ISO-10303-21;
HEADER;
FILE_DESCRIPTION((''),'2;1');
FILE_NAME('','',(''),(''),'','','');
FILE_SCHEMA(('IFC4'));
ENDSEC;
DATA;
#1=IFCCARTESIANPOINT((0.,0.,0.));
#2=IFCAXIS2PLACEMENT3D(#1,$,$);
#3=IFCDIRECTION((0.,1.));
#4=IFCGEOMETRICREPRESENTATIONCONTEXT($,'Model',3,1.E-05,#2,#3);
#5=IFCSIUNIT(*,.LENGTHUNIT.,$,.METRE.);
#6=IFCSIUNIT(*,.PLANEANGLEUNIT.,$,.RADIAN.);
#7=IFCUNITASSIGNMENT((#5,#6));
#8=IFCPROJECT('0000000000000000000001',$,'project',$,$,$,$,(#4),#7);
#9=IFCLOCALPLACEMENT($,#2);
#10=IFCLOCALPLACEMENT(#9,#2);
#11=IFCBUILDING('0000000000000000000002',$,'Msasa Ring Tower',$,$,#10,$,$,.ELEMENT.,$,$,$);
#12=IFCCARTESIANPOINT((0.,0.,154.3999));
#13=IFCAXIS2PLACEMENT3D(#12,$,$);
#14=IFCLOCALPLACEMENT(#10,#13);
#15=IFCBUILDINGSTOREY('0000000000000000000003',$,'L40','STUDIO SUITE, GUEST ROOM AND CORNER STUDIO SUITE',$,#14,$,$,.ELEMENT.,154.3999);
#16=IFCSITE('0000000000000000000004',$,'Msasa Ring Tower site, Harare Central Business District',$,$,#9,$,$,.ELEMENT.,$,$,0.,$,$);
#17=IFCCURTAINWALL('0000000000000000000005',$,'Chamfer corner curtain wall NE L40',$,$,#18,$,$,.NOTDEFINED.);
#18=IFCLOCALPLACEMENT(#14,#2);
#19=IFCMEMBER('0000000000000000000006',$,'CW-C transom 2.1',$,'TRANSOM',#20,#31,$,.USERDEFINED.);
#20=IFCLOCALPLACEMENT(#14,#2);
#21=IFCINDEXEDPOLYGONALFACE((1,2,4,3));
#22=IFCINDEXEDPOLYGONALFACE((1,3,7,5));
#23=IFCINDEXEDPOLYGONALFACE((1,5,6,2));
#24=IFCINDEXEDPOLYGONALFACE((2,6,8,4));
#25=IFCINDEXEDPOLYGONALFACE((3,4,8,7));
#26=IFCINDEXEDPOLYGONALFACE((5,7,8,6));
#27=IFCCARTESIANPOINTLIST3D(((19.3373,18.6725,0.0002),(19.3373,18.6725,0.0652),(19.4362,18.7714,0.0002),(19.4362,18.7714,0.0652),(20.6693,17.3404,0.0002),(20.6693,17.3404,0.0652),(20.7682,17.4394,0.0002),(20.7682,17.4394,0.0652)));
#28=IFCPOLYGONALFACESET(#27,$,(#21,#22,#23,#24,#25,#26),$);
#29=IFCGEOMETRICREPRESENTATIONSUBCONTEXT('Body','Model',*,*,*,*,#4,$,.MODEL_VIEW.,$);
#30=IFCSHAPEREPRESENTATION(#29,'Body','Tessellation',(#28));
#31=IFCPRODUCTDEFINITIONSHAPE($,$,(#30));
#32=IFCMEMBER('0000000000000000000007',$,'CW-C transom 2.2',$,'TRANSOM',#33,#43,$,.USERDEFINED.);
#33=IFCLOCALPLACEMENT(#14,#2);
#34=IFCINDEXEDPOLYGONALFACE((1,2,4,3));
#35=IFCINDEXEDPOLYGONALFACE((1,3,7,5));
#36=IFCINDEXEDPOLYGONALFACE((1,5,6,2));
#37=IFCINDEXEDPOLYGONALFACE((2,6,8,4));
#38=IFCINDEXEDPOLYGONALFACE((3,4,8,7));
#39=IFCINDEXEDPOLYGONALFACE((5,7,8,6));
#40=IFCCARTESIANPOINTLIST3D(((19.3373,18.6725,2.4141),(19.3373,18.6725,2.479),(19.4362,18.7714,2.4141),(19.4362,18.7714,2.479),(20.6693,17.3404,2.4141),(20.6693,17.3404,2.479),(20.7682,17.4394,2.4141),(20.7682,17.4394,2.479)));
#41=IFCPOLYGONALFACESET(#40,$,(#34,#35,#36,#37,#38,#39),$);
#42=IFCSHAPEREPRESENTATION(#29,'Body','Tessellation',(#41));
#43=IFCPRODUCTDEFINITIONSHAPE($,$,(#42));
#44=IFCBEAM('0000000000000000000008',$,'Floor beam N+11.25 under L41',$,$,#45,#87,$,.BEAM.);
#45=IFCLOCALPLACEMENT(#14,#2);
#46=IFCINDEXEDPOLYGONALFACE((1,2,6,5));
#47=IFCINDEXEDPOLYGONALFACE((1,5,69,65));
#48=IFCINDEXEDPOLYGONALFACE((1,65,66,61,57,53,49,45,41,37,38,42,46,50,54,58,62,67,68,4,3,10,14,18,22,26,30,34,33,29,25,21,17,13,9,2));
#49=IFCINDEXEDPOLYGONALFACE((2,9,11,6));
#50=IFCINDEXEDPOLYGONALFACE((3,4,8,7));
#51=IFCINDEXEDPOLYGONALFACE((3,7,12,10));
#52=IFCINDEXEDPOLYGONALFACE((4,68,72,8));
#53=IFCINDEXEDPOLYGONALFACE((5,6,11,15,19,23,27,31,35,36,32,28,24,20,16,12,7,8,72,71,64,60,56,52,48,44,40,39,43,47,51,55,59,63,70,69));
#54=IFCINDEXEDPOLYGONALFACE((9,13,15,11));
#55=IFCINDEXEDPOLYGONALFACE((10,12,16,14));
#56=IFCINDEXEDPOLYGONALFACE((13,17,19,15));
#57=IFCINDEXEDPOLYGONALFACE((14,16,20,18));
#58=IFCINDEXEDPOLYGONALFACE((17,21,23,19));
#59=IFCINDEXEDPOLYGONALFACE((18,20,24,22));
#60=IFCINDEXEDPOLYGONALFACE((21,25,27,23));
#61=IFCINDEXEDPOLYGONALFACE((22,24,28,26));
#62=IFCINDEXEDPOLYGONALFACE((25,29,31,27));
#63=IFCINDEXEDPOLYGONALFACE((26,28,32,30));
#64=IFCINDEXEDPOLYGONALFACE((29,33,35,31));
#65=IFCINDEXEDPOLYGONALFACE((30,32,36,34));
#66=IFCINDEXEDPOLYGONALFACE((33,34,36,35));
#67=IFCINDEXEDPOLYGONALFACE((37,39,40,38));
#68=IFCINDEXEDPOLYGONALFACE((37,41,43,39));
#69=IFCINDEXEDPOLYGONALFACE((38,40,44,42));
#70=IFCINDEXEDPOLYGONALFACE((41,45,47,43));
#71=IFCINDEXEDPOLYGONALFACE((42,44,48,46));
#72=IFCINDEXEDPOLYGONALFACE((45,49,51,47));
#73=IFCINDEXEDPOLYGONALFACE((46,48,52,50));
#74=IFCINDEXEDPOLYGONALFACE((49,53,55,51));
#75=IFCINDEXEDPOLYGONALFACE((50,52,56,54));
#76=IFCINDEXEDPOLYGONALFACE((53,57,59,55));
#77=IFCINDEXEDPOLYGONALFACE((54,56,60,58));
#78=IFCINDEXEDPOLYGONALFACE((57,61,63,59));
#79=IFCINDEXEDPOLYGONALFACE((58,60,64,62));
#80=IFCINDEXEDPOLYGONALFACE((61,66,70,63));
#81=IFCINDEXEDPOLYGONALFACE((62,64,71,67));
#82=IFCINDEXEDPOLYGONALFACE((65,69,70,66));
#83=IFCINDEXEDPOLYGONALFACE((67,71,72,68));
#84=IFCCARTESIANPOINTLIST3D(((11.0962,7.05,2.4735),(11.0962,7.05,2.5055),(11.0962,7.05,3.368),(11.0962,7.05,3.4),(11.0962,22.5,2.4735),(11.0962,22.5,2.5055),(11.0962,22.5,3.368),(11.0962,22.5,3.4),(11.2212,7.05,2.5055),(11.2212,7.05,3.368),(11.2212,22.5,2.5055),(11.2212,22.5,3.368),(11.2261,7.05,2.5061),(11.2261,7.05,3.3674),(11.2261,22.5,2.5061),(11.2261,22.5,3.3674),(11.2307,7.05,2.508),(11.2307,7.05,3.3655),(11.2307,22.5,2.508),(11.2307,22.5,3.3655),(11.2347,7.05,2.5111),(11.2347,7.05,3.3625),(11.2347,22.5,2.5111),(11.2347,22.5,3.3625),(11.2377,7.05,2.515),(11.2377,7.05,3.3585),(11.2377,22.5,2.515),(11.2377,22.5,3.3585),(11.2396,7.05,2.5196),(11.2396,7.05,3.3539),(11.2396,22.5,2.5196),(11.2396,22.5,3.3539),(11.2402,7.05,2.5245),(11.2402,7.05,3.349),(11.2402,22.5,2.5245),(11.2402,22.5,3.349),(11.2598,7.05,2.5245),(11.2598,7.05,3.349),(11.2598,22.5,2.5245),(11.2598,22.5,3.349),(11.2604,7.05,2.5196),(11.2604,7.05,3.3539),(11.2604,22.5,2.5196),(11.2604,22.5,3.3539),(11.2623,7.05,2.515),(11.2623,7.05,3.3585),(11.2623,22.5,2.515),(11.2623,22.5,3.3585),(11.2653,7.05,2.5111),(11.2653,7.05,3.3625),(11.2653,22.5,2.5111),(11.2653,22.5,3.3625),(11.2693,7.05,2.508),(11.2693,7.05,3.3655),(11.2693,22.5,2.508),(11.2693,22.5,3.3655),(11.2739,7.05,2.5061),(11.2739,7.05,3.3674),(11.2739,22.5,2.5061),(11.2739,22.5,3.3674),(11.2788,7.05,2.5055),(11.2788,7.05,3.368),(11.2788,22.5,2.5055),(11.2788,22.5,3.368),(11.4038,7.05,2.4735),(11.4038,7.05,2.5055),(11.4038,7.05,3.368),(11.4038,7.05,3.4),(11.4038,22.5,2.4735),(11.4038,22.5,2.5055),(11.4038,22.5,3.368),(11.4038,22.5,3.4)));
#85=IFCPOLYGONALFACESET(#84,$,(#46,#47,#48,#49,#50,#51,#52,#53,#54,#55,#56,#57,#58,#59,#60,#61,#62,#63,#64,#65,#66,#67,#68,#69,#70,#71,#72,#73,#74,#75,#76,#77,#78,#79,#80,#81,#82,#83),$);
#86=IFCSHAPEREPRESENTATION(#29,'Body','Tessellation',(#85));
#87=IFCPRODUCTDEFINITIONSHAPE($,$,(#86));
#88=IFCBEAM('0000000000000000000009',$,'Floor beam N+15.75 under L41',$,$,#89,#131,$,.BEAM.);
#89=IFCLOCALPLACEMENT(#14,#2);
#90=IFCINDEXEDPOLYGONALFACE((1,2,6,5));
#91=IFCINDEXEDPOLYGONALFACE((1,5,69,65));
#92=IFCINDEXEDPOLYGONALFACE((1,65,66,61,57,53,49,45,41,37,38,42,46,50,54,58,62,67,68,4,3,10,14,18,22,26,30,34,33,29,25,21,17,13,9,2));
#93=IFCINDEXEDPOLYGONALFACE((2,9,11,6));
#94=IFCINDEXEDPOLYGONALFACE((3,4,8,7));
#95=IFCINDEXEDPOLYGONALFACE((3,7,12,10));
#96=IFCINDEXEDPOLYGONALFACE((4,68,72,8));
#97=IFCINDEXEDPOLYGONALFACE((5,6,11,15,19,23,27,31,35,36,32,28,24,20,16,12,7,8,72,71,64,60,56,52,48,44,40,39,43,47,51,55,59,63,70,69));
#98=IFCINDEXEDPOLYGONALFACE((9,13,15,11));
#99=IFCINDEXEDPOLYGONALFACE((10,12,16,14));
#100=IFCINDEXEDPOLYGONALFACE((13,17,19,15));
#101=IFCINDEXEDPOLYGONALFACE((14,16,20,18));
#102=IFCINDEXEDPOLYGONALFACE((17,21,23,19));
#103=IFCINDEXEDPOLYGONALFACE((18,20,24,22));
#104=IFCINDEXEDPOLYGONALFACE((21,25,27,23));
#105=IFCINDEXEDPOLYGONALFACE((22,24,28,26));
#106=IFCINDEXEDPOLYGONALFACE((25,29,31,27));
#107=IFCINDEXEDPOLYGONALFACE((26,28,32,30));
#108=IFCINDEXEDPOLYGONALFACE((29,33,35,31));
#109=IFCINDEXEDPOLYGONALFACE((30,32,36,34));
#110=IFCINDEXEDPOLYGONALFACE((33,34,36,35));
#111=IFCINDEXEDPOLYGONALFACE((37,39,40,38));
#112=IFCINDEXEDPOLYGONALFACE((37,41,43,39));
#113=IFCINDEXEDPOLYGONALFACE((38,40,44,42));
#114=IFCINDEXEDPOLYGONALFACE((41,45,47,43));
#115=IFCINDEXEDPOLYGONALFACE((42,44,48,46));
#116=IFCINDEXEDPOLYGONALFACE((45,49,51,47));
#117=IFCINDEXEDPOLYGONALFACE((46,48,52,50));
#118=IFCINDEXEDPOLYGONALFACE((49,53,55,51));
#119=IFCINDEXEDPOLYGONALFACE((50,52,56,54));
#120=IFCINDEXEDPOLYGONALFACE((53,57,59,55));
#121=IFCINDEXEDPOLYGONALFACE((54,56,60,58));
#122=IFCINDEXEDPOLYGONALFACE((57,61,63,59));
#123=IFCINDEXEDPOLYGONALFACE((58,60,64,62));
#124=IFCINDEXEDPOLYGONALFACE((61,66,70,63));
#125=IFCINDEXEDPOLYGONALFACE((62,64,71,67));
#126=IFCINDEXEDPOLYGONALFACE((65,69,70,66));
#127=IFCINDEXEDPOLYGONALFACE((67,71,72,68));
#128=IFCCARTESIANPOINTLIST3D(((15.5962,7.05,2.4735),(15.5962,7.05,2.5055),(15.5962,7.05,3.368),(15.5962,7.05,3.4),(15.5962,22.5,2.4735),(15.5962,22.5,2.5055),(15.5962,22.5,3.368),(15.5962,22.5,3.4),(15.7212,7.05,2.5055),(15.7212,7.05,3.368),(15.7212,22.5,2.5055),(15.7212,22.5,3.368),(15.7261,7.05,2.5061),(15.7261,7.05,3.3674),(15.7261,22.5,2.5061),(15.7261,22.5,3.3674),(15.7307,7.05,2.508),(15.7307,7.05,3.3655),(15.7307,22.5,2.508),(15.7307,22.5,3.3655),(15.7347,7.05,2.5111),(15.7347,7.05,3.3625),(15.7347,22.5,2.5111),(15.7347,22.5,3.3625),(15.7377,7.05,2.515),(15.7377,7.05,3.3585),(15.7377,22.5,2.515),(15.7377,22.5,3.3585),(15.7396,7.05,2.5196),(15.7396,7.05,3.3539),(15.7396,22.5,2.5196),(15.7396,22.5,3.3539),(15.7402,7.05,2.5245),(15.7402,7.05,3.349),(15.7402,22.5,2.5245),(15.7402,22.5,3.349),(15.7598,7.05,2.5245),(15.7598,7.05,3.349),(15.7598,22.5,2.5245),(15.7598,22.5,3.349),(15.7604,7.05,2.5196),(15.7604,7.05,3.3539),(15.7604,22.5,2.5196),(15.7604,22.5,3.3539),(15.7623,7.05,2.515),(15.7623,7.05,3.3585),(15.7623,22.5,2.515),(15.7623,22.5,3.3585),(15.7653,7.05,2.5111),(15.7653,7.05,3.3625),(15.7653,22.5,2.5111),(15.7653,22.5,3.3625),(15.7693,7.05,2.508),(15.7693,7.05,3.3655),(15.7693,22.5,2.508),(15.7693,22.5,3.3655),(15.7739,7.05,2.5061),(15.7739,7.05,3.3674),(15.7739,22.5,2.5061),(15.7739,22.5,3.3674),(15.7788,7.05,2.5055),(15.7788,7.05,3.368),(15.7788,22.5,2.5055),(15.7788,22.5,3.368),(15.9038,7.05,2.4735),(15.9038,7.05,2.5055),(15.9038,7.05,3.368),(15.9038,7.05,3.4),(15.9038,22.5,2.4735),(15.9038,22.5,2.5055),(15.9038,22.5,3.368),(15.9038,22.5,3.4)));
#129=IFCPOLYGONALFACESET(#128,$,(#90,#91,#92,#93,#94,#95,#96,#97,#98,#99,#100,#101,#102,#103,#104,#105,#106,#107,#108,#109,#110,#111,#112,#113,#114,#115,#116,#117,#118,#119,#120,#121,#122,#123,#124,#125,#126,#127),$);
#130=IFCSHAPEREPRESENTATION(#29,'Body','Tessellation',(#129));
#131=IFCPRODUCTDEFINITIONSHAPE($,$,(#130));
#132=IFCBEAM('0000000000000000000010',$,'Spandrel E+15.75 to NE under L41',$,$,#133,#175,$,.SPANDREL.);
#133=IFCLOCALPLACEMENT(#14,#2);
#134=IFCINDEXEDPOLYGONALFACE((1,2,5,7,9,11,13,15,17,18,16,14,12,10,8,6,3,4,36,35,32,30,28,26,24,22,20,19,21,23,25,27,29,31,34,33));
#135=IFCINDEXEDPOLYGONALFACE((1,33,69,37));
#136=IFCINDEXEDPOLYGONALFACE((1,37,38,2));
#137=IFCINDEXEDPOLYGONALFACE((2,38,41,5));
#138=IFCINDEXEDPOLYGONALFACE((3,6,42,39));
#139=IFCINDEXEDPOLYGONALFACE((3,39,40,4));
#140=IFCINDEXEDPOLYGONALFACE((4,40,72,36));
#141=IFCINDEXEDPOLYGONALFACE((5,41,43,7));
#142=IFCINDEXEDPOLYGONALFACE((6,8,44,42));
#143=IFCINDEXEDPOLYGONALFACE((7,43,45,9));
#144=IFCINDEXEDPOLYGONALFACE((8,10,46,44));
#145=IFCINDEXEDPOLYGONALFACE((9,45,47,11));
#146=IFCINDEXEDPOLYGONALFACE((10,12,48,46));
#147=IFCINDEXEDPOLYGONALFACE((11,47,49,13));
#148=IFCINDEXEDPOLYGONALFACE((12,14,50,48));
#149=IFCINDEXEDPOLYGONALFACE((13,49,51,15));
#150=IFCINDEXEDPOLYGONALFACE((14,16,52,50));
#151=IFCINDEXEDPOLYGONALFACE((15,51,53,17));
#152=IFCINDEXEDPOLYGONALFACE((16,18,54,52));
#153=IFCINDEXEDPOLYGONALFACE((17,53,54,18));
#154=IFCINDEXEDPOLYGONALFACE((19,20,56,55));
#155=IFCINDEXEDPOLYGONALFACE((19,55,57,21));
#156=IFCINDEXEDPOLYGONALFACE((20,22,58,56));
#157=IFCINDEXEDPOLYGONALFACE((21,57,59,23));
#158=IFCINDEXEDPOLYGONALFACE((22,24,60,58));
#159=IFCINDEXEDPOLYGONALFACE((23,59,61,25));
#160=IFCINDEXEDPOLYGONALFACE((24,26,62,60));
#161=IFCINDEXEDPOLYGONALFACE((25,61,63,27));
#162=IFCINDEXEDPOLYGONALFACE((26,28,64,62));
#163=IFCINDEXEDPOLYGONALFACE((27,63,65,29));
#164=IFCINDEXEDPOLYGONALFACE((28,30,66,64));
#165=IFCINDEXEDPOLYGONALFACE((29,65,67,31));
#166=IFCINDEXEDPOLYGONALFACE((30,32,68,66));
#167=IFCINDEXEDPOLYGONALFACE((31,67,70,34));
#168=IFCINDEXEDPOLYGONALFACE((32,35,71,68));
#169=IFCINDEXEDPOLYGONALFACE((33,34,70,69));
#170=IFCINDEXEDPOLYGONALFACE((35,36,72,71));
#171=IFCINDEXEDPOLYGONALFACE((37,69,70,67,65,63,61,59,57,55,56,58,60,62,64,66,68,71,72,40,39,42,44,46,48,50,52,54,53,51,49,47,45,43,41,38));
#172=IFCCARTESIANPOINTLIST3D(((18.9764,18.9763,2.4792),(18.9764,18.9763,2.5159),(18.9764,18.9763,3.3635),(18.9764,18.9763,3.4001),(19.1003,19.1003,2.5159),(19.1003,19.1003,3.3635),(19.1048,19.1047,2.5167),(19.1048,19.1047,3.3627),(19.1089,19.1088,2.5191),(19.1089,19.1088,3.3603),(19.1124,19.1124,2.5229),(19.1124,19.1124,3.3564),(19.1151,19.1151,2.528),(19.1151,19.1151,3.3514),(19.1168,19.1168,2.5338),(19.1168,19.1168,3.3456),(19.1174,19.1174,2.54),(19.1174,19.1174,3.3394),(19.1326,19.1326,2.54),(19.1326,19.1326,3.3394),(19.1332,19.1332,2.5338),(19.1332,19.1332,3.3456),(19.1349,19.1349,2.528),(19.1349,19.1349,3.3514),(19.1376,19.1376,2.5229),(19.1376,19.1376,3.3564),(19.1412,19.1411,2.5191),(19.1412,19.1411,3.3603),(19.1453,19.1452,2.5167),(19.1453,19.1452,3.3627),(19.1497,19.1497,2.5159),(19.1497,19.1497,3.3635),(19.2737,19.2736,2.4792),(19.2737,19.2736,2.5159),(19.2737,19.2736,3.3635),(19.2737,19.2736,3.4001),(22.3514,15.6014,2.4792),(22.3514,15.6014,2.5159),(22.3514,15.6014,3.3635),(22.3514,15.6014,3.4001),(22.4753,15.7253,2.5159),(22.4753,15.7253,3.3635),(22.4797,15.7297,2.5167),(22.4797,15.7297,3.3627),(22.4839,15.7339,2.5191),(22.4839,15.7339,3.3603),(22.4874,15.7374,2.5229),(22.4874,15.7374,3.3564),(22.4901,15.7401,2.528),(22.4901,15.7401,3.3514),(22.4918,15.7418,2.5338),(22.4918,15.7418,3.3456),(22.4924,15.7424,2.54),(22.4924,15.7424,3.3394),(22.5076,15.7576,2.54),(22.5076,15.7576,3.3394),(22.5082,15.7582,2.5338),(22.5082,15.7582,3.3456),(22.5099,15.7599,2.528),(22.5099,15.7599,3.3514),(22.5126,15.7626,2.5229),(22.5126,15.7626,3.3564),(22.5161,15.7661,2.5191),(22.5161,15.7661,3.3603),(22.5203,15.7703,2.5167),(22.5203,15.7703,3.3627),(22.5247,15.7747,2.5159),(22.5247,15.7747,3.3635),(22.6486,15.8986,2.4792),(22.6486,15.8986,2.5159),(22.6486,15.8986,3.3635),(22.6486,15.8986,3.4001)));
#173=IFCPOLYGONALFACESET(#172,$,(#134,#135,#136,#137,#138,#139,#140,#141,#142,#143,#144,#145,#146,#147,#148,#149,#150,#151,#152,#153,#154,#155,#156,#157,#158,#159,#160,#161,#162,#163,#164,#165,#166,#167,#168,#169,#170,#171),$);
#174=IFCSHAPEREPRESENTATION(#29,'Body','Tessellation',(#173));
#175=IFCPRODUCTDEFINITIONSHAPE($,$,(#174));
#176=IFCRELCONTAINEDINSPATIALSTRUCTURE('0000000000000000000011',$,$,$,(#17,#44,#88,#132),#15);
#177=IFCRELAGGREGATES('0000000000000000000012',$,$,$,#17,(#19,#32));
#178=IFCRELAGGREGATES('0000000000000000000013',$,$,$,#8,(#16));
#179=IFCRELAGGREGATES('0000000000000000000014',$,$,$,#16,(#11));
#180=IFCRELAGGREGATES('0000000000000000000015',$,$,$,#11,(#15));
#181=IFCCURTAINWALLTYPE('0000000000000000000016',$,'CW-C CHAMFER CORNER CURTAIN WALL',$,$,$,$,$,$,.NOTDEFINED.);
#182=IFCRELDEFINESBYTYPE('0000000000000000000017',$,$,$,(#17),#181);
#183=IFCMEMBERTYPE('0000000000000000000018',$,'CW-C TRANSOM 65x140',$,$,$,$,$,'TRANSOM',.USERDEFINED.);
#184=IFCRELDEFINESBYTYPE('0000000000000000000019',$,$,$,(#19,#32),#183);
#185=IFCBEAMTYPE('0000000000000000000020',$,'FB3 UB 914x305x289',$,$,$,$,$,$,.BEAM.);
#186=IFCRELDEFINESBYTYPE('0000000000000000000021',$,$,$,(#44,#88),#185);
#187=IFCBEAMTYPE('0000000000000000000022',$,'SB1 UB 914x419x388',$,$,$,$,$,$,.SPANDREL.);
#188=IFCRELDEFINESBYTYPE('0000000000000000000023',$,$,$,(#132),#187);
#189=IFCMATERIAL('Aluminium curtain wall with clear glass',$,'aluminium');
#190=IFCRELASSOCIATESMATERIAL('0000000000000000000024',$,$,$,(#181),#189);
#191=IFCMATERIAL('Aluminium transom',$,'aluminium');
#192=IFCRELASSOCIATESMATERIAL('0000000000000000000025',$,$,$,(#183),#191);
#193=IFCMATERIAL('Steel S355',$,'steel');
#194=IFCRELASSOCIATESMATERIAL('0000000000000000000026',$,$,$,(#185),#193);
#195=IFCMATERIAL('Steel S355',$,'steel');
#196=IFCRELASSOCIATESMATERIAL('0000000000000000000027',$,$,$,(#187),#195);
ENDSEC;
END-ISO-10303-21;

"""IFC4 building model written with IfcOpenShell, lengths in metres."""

from ifc_helpers import new_model, si_unit, direction, frame, origin, origin_2d, place, context, subcontext, project, spatial, rectangle, i_section, extrude, material, material_profile, profile_set, type_object, element, aggregate, save


model = new_model("IFC4")

# Units and contexts
model_context = context("Model", 3, precision=1e-05, world=origin(), true_north=direction((0.0, 1.0)))
body_context = subcontext(model_context, "Body", "Model", "MODEL_VIEW")
ifc_project = project(units=[si_unit("LENGTHUNIT", "METRE"), si_unit("PLANEANGLEUNIT", "RADIAN")], contexts=[model_context])

# Site, building, storey
site_placement = place(None, origin())
site = spatial("IfcSite", under=ifc_project, at=site_placement, Name="Msasa Ring Tower site, Harare Central Business District", CompositionType="ELEMENT", RefElevation=0.0)
building_placement = place(site_placement, origin())
building = spatial("IfcBuilding", under=site, at=building_placement, Name="Msasa Ring Tower", CompositionType="ELEMENT")
storey_placement = place(building_placement, frame((0.0, 0.0, 154.3999)))
storey = spatial("IfcBuildingStorey", under=building, at=storey_placement, Name="L40", Description="STUDIO SUITE, GUEST ROOM AND CORNER STUDIO SUITE", CompositionType="ELEMENT", Elevation=154.3999)

# Curtain wall
ifc_material_1 = material(Name="Aluminium curtain wall with clear glass", Category="aluminium")
curtain_wall_type = type_object("IfcCurtainWallType", Name="CW-C CHAMFER CORNER CURTAIN WALL", PredefinedType="NOTDEFINED", material=ifc_material_1)
curtain_wall_1_placement = place(storey_placement, origin())
curtain_wall_1 = element("IfcCurtainWall", 1, at=curtain_wall_1_placement, inside=storey, type_object=curtain_wall_type, Name="Chamfer corner curtain wall NE L40", PredefinedType="NOTDEFINED")

# Members
ifc_material_2 = material(Name="Aluminium transom", Category="aluminium")
ifc_material_profile_1 = material_profile(ifc_material_2, rectangle(XDim=0.1399, YDim=0.0649, at=origin_2d()), Name="AL 65x140")
ifc_profile_set_1 = profile_set([ifc_material_profile_1], Name="Aluminium transom")
member_type_1 = type_object("IfcMemberType", Name="CW-C TRANSOM 65x140", ElementType="TRANSOM", PredefinedType="USERDEFINED", material=ifc_profile_set_1)
member_1_placement = place(storey_placement, frame((20.7188, 17.3899, 0.0327), z_axis=(-0.707107, 0.707107, 0.0), x_axis=(-0.707107, -0.707107, 0.0)))
member_1 = element("IfcMember", 2, at=member_1_placement, type_object=member_type_1, Name="CW-C transom 2.1", ObjectType="TRANSOM", PredefinedType="USERDEFINED", context=body_context, shape_type="SweptSolid", body=[
    extrude(rectangle(XDim=0.1399, YDim=0.0649, at=origin_2d()), origin(), (0.0, 0.0, 1.0), 1.8838),
])
member_2_placement = place(storey_placement, frame((20.7188, 17.3899, 2.4465), z_axis=(-0.707107, 0.707107, 0.0), x_axis=(-0.707107, -0.707107, 0.0)))
member_2 = element("IfcMember", 3, at=member_2_placement, type_object=member_type_1, Name="CW-C transom 2.2", ObjectType="TRANSOM", PredefinedType="USERDEFINED", context=body_context, shape_type="SweptSolid", body=[
    extrude(rectangle(XDim=0.1399, YDim=0.0649, at=origin_2d()), origin(), (0.0, 0.0, 1.0), 1.8838),
])

# Beams
ifc_material_3 = material(Name="Steel S355", Category="steel")
ifc_material_profile_2 = material_profile(ifc_material_3, i_section(OverallWidth=0.3076, OverallDepth=0.9265, WebThickness=0.0195, FlangeThickness=0.032, FilletRadius=0.019, at=origin_2d()), Name="UB 914x305x289")
ifc_profile_set_2 = profile_set([ifc_material_profile_2], Name="Steel S355")
beam_type_1 = type_object("IfcBeamType", Name="FB3 UB 914x305x289", PredefinedType="BEAM", material=ifc_profile_set_2)
for number, where, z_axis, x_axis, name in (
    (4, (11.25, 22.5, 2.9368), (0.0, -1.0, 0.0), (1.0, 0.0, 0.0), "Floor beam N+11.25 under L41"),
    (5, (15.75, 22.5, 2.9368), (0.0, -1.0, 0.0), (1.0, 0.0, 0.0), "Floor beam N+15.75 under L41"),
):
    element("IfcBeam", number, at=place(storey_placement, frame(where, z_axis=z_axis, x_axis=x_axis)), inside=storey, type_object=beam_type_1, Name=name, PredefinedType="BEAM", context=body_context, shape_type="SweptSolid", body=[
        extrude(i_section(OverallWidth=0.3076, OverallDepth=0.9265, WebThickness=0.0195, FlangeThickness=0.032, FilletRadius=0.019, at=origin_2d()), origin(), (0.0, 0.0, 1.0), 15.45),
    ])
ifc_material_4 = material(Name="Steel S355", Category="steel")
ifc_material_profile_3 = material_profile(ifc_material_4, i_section(OverallWidth=0.4204, OverallDepth=0.9209, WebThickness=0.0215, FlangeThickness=0.0366, FilletRadius=0.0242, at=origin_2d()), Name="UB 914x419x388")
ifc_profile_set_3 = profile_set([ifc_material_profile_3], Name="Steel S355")
beam_type_2 = type_object("IfcBeamType", Name="SB1 UB 914x419x388", PredefinedType="SPANDREL", material=ifc_profile_set_3)
for number, where, z_axis, x_axis, name in (
    (6, (22.5, 15.75, 2.9397), (-0.707107, 0.707107, 0.0), (-0.707107, -0.707107, 0.0), "Spandrel E+15.75 to NE under L41"),
):
    element("IfcBeam", number, at=place(storey_placement, frame(where, z_axis=z_axis, x_axis=x_axis)), inside=storey, type_object=beam_type_2, Name=name, PredefinedType="SPANDREL", context=body_context, shape_type="SweptSolid", body=[
        extrude(i_section(OverallWidth=0.4204, OverallDepth=0.9209, WebThickness=0.0215, FlangeThickness=0.0366, FilletRadius=0.0242, at=origin_2d()), origin(), (0.0, 0.0, 1.0), 4.7729),
    ])

aggregate(curtain_wall_1, [member_1, member_2])

save(model, "model.ifc")
